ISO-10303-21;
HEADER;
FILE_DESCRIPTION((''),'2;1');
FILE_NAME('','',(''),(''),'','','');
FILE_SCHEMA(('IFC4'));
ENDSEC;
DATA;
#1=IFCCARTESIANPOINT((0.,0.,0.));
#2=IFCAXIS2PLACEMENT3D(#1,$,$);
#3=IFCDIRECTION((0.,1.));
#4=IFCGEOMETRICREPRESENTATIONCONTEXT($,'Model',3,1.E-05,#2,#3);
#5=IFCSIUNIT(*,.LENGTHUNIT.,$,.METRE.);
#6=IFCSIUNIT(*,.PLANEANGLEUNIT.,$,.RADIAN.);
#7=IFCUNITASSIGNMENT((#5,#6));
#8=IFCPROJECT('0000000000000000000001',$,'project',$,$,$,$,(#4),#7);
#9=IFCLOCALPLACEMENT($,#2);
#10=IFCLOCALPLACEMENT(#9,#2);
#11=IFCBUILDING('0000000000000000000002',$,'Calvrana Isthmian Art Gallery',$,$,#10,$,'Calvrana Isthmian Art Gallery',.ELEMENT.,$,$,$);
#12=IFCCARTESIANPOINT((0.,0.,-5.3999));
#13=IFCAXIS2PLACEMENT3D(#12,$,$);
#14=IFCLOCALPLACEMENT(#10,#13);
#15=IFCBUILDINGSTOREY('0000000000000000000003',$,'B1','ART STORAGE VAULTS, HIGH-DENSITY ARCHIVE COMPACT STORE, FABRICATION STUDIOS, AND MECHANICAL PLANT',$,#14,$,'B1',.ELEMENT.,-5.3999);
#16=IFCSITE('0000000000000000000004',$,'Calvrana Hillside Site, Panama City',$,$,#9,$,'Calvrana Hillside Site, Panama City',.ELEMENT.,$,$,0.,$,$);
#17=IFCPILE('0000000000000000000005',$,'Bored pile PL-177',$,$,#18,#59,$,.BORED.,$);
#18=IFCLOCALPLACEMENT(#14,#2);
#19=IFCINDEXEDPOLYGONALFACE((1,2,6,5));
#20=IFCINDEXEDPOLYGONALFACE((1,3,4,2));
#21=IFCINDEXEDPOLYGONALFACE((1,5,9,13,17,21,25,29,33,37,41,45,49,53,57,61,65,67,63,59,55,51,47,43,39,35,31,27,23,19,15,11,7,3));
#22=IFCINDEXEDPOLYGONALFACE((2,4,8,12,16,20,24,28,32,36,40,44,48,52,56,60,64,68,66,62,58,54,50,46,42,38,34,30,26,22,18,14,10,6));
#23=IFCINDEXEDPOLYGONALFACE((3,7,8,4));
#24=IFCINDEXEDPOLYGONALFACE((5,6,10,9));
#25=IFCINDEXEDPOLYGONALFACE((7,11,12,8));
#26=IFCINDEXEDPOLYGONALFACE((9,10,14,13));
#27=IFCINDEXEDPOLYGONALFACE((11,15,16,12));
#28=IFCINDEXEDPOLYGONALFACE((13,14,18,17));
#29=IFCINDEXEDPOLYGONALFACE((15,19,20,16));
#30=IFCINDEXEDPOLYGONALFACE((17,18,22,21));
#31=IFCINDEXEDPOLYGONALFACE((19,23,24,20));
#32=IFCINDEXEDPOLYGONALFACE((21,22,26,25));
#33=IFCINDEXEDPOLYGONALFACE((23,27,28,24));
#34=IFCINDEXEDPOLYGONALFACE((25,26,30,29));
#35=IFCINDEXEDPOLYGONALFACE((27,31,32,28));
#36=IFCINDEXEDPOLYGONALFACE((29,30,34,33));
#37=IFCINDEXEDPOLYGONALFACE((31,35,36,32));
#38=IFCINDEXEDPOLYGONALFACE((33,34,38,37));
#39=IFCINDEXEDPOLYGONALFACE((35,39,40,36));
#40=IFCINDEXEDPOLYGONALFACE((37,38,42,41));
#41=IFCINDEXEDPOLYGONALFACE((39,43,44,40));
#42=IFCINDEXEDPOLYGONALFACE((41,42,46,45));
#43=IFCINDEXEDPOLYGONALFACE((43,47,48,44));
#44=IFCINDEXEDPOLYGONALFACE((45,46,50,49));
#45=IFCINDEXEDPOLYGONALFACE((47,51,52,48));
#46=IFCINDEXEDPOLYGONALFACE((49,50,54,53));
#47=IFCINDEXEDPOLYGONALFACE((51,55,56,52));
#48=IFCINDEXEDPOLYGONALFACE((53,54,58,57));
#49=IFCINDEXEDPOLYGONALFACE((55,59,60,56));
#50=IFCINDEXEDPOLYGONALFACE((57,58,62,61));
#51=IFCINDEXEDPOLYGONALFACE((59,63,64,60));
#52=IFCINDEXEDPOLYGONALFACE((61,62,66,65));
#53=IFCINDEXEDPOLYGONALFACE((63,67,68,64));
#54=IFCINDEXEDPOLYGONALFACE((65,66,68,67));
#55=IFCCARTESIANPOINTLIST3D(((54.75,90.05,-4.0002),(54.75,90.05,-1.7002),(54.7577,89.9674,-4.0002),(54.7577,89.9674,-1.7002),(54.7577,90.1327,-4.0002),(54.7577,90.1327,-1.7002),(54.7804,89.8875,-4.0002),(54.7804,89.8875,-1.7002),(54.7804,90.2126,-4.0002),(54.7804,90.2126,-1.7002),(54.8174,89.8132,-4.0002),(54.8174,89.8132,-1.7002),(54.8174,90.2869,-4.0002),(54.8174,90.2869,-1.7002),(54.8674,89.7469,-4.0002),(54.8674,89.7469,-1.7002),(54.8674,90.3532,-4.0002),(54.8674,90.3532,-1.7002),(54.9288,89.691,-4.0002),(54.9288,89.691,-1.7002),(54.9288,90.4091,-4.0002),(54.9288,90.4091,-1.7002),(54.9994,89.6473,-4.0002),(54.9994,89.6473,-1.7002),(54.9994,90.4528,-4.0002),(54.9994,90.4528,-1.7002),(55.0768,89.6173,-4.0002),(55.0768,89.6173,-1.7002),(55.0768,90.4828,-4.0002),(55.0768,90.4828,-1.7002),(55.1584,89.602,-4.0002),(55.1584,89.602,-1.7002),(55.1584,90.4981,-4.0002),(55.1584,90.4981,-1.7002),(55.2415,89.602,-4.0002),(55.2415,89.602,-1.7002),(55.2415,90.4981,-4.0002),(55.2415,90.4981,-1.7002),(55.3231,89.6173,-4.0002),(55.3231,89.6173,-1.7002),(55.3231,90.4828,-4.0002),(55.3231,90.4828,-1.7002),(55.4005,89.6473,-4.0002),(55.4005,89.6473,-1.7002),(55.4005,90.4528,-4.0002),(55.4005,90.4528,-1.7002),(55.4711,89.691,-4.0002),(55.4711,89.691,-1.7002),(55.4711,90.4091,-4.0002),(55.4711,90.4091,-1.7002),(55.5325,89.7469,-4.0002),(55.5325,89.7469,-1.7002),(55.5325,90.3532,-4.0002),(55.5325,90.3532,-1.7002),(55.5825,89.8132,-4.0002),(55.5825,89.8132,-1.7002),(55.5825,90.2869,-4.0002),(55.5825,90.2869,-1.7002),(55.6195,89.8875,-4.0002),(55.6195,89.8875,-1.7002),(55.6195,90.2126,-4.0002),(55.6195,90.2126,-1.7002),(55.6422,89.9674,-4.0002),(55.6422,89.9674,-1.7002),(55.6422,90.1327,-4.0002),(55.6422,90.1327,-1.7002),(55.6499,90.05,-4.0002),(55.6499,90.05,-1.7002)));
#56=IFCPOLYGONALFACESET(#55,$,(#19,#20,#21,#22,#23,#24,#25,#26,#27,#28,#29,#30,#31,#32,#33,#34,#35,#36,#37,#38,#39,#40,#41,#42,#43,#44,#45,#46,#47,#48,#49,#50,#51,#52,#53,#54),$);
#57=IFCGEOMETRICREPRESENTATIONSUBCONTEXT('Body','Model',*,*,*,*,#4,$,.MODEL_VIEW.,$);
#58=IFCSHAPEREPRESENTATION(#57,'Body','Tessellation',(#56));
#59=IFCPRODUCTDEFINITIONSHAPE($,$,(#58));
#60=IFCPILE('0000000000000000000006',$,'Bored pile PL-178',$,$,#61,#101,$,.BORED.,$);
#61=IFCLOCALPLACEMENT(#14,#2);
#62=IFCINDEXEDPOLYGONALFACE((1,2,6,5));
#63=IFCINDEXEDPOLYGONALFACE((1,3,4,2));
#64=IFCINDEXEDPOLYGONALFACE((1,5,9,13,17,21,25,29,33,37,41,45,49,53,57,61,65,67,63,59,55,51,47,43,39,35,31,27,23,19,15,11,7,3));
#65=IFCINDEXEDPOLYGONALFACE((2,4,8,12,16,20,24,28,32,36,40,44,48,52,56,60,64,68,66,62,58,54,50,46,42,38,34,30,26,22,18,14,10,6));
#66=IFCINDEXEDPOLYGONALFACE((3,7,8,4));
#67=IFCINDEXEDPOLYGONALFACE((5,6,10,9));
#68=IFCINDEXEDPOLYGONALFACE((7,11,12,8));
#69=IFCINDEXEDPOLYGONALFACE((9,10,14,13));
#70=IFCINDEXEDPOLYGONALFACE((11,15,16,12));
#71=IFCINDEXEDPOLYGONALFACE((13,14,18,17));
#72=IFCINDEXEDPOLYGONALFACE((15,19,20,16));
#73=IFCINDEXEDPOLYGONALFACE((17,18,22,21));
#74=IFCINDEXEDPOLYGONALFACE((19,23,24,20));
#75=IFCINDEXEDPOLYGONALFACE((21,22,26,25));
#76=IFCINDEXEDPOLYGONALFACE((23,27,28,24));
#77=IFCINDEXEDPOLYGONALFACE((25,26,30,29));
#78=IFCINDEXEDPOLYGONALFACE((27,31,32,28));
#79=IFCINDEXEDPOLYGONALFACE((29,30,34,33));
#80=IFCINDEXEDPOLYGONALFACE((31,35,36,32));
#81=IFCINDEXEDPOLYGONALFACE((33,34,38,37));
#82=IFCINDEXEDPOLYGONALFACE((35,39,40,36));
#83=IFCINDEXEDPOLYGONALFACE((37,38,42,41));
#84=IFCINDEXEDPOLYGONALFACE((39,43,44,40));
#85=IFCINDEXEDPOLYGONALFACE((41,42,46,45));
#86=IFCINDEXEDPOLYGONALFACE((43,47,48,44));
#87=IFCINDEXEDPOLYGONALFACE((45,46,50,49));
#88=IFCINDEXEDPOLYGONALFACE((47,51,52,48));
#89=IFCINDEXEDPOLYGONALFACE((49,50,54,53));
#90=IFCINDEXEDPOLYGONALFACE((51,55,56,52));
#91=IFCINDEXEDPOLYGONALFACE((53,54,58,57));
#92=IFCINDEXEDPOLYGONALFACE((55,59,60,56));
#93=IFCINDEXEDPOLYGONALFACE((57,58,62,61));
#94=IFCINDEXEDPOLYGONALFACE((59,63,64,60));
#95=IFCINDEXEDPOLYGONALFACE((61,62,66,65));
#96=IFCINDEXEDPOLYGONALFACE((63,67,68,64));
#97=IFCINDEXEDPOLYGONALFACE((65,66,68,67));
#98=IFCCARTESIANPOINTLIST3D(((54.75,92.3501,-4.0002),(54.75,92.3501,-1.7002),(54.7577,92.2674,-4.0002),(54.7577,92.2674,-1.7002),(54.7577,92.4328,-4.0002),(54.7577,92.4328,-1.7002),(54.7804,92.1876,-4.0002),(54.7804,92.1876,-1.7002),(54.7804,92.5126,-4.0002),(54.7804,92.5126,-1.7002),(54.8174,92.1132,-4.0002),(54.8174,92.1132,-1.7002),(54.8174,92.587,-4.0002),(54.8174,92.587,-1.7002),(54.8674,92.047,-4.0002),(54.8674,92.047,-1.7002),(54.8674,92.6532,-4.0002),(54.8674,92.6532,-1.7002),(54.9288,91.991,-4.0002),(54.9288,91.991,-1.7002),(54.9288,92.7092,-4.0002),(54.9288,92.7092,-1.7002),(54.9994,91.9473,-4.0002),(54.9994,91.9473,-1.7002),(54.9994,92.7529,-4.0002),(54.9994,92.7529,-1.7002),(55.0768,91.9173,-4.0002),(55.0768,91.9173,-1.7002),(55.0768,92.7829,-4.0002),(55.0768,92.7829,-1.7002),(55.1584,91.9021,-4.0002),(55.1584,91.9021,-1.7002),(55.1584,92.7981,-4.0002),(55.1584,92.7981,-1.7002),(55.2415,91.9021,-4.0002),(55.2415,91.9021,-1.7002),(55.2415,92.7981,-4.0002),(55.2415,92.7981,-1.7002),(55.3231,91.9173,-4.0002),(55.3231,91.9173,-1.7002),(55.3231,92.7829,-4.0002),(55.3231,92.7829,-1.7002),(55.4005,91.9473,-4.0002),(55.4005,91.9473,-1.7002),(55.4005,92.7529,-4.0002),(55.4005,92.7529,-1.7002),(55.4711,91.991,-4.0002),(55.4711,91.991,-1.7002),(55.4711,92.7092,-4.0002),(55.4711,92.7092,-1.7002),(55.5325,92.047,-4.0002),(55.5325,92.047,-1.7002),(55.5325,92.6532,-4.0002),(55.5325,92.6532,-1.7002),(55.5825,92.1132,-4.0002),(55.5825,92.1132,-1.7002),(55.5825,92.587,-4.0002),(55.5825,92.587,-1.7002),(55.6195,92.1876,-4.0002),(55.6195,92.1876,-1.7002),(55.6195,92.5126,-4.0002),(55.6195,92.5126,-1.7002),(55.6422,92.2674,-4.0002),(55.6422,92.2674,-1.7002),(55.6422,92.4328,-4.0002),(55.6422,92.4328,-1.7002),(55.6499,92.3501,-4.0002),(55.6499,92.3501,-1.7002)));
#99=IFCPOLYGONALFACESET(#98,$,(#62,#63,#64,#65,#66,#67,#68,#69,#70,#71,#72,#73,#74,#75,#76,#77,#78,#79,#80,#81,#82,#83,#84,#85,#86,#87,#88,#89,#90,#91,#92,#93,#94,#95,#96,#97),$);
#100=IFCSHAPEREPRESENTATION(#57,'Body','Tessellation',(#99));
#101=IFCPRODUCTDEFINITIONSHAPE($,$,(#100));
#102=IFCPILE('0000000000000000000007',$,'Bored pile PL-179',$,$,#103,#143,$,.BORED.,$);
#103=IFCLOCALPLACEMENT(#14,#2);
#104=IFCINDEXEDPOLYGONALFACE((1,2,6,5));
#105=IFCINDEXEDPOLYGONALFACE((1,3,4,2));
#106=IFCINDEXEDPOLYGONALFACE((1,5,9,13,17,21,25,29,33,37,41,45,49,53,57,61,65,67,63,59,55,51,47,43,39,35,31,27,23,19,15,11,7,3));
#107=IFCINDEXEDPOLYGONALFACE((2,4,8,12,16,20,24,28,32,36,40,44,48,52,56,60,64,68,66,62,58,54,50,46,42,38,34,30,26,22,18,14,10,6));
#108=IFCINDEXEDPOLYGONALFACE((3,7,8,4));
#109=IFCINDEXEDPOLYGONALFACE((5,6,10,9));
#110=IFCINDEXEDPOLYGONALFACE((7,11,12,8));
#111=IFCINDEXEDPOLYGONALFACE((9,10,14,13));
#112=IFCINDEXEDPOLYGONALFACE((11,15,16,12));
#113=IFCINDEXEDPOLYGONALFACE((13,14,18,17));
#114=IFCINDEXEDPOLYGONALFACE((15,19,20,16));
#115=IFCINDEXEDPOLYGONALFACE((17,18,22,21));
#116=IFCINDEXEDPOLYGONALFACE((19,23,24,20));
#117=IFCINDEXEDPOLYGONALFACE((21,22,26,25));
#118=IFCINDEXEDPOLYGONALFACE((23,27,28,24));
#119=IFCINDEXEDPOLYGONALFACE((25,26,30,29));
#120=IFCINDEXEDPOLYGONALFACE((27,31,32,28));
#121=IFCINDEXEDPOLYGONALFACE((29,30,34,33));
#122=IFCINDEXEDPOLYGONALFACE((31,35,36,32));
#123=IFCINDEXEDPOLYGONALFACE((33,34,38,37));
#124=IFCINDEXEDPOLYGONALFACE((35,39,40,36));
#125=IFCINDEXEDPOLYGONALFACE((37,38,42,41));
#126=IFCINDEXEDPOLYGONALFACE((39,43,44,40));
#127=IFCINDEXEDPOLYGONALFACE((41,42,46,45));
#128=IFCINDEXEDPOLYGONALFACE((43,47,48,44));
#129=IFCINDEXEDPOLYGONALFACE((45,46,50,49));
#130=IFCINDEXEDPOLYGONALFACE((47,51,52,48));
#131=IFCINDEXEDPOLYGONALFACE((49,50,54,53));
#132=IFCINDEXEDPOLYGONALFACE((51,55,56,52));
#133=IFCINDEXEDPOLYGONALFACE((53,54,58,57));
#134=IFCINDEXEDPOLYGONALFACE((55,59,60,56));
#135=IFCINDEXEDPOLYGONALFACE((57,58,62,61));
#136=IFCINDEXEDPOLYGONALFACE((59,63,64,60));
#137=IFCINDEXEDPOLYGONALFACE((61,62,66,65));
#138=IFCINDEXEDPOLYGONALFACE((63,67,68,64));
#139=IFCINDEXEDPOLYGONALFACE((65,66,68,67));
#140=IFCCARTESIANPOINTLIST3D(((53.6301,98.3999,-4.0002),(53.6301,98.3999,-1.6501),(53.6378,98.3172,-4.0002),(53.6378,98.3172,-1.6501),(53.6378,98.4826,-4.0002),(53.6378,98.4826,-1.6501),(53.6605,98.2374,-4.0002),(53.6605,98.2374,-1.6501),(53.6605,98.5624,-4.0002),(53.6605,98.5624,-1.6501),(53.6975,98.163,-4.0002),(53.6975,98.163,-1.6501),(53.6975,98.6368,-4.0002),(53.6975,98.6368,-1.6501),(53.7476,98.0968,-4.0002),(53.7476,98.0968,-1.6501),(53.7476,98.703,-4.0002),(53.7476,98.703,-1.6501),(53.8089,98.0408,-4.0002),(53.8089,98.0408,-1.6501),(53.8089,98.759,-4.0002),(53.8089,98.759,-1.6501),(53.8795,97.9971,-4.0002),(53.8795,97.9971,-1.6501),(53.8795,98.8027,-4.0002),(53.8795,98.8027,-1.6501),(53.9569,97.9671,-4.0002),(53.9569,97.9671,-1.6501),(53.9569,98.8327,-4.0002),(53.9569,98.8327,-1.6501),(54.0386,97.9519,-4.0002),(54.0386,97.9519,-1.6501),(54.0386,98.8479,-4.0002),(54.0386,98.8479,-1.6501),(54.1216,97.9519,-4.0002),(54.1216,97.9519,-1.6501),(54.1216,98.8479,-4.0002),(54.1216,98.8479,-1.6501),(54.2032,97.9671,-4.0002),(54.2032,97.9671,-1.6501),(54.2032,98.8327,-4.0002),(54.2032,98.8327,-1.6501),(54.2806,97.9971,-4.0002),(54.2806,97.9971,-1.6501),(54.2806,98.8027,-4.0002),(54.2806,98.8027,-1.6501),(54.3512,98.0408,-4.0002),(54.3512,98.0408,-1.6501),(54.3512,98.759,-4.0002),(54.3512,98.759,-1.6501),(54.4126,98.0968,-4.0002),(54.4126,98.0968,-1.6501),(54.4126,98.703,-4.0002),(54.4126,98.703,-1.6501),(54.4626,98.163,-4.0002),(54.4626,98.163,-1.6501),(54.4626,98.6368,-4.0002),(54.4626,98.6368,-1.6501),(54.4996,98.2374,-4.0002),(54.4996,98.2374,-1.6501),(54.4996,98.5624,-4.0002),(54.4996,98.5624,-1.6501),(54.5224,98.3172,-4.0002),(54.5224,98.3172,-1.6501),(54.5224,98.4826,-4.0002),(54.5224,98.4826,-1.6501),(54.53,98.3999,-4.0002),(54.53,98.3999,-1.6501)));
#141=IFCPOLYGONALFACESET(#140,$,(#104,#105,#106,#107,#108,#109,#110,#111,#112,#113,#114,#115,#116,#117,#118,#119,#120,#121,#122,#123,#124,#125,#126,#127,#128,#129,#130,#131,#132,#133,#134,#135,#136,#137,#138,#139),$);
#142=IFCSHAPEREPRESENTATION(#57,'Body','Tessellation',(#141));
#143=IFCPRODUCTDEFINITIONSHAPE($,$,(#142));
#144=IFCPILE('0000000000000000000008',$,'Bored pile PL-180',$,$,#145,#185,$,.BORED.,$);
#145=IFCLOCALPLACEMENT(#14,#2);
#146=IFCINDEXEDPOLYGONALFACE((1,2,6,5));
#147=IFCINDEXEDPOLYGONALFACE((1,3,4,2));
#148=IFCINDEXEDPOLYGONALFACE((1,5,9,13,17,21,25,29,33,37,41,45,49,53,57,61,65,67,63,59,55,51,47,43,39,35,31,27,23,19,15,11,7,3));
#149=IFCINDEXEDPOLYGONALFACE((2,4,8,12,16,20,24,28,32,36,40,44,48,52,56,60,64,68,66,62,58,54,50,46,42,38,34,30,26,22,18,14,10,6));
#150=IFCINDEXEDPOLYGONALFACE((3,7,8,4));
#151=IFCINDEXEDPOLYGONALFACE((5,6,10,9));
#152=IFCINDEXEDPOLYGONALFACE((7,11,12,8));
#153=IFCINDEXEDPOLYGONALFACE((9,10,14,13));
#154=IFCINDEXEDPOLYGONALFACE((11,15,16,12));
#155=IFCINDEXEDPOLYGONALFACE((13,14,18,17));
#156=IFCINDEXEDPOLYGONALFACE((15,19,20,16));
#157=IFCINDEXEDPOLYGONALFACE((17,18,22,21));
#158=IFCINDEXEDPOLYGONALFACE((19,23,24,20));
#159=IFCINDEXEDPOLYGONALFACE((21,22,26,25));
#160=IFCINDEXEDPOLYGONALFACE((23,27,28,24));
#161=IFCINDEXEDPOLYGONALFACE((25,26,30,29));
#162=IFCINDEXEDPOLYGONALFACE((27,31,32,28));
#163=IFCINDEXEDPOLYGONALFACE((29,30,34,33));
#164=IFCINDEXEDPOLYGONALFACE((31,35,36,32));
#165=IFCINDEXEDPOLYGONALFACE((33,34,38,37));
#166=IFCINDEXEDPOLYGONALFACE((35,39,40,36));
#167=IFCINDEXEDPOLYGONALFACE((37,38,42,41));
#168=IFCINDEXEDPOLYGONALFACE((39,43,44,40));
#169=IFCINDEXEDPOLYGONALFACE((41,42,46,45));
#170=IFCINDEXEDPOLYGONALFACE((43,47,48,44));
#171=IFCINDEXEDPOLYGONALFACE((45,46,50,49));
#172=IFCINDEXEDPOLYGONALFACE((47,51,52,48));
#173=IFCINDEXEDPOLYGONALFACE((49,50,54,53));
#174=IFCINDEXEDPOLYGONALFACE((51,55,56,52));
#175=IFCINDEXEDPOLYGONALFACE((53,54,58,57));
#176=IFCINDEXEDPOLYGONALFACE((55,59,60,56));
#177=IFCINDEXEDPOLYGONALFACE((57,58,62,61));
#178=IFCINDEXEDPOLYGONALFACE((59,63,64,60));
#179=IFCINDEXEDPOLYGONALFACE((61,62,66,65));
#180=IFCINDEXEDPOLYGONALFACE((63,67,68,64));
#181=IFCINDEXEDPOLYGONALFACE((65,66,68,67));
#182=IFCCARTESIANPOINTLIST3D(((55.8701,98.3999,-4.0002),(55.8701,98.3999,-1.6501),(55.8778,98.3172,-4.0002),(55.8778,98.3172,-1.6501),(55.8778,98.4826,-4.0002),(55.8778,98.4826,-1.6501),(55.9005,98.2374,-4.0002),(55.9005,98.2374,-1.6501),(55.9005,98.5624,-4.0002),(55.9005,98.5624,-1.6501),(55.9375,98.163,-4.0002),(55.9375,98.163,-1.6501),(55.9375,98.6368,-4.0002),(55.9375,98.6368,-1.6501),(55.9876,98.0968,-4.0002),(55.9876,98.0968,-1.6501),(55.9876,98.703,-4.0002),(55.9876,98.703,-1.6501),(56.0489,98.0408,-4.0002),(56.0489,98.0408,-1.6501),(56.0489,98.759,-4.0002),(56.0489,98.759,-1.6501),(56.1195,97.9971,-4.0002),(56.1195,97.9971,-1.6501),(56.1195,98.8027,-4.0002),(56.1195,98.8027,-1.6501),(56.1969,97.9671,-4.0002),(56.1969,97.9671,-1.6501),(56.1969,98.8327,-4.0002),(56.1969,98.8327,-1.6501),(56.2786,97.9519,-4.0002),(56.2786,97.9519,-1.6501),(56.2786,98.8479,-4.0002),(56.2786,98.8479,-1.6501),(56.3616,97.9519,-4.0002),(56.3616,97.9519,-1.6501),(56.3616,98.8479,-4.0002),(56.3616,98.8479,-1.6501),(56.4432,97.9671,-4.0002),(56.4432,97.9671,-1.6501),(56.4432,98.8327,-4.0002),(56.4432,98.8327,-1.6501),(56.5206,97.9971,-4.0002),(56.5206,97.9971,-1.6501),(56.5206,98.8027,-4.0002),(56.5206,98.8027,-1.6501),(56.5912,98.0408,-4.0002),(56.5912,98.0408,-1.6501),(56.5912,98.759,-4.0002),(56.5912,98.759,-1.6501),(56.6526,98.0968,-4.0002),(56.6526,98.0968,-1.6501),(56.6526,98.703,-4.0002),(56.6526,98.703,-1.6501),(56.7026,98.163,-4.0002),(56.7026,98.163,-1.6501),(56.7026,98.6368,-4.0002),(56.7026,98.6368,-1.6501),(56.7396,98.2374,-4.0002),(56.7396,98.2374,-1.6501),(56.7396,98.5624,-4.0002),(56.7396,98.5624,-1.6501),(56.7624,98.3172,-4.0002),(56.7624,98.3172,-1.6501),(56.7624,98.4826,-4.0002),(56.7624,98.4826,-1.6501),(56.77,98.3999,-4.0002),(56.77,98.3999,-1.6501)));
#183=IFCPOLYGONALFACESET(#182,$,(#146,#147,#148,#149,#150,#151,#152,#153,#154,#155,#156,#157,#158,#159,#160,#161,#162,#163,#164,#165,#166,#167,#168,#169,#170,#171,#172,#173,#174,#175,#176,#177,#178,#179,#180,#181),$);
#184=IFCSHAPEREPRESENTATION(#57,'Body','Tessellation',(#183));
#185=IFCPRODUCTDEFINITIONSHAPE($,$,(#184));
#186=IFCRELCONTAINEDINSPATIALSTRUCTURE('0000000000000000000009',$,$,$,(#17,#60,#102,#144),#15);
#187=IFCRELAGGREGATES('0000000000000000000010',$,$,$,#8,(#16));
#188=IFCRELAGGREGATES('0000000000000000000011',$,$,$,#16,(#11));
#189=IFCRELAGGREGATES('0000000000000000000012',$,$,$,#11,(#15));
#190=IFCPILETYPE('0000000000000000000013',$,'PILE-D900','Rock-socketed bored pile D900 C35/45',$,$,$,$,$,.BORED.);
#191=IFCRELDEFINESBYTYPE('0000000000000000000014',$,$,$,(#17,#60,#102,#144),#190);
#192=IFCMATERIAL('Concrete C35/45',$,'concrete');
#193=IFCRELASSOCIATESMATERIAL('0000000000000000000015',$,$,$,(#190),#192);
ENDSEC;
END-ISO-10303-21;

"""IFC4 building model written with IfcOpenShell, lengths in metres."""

from ifc_helpers import new_model, si_unit, direction, frame, origin, origin_2d, place, context, subcontext, project, spatial, circle, extrude, material, material_profile, profile_set, type_object, element, save


model = new_model("IFC4")

# Units and contexts
model_context = context("Model", 3, precision=1e-05, world=origin(), true_north=direction((0.0, 1.0)))
body_context = subcontext(model_context, "Body", "Model", "MODEL_VIEW")
ifc_project = project(units=[si_unit("LENGTHUNIT", "METRE"), si_unit("PLANEANGLEUNIT", "RADIAN")], contexts=[model_context])

# Site, building, storey
site_placement = place(None, origin())
site = spatial("IfcSite", under=ifc_project, at=site_placement, Name="Calvrana Hillside Site, Panama City", LongName="Calvrana Hillside Site, Panama City", CompositionType="ELEMENT", RefElevation=0.0)
building_placement = place(site_placement, origin())
building = spatial("IfcBuilding", under=site, at=building_placement, Name="Calvrana Isthmian Art Gallery", LongName="Calvrana Isthmian Art Gallery", CompositionType="ELEMENT")
storey_placement = place(building_placement, frame((0.0, 0.0, -5.3999)))
storey = spatial("IfcBuildingStorey", under=building, at=storey_placement, Name="B1", Description="ART STORAGE VAULTS, HIGH-DENSITY ARCHIVE COMPACT STORE, FABRICATION STUDIOS, AND MECHANICAL PLANT", LongName="B1", CompositionType="ELEMENT", Elevation=-5.3999)

# Shared definitions
ifc_material_1 = material(Name="Concrete C35/45", Category="concrete")

# Piles
ifc_material_profile_1 = material_profile(ifc_material_1, circle(Radius=0.45, at=origin_2d()), Name="PILE900D")
ifc_profile_set_1 = profile_set([ifc_material_profile_1], Name="Concrete C35/45")
pile_type_1 = type_object("IfcPileType", Name="PILE-D900", Description="Rock-socketed bored pile D900 C35/45", PredefinedType="BORED", material=ifc_profile_set_1)
for number, where, z_axis, x_axis, name in (
    (1, (55.2, 90.05, -1.7002), (0.0, 0.0, -1.0), (1.0, 0.0, 0.0), "Bored pile PL-177"),
    (2, (55.2, 92.3501, -1.7002), (0.0, 0.0, -1.0), (1.0, 0.0, 0.0), "Bored pile PL-178"),
):
    element("IfcPile", number, at=place(storey_placement, frame(where, z_axis=z_axis, x_axis=x_axis)), inside=storey, type_object=pile_type_1, Name=name, PredefinedType="BORED", context=body_context, shape_type="SweptSolid", body=[
        extrude(circle(Radius=0.45, at=origin_2d()), origin(), (0.0, 0.0, 1.0), 2.3),
    ])
for number, where, z_axis, x_axis, name in (
    (3, (54.0801, 98.3999, -1.6501), (0.0, 0.0, -1.0), (1.0, 0.0, 0.0), "Bored pile PL-179"),
    (4, (56.3201, 98.3999, -1.6501), (0.0, 0.0, -1.0), (1.0, 0.0, 0.0), "Bored pile PL-180"),
):
    element("IfcPile", number, at=place(storey_placement, frame(where, z_axis=z_axis, x_axis=x_axis)), inside=storey, type_object=pile_type_1, Name=name, PredefinedType="BORED", context=body_context, shape_type="SweptSolid", body=[
        extrude(circle(Radius=0.45, at=origin_2d()), origin(), (0.0, 0.0, 1.0), 2.3501),
    ])

save(model, "model.ifc")
